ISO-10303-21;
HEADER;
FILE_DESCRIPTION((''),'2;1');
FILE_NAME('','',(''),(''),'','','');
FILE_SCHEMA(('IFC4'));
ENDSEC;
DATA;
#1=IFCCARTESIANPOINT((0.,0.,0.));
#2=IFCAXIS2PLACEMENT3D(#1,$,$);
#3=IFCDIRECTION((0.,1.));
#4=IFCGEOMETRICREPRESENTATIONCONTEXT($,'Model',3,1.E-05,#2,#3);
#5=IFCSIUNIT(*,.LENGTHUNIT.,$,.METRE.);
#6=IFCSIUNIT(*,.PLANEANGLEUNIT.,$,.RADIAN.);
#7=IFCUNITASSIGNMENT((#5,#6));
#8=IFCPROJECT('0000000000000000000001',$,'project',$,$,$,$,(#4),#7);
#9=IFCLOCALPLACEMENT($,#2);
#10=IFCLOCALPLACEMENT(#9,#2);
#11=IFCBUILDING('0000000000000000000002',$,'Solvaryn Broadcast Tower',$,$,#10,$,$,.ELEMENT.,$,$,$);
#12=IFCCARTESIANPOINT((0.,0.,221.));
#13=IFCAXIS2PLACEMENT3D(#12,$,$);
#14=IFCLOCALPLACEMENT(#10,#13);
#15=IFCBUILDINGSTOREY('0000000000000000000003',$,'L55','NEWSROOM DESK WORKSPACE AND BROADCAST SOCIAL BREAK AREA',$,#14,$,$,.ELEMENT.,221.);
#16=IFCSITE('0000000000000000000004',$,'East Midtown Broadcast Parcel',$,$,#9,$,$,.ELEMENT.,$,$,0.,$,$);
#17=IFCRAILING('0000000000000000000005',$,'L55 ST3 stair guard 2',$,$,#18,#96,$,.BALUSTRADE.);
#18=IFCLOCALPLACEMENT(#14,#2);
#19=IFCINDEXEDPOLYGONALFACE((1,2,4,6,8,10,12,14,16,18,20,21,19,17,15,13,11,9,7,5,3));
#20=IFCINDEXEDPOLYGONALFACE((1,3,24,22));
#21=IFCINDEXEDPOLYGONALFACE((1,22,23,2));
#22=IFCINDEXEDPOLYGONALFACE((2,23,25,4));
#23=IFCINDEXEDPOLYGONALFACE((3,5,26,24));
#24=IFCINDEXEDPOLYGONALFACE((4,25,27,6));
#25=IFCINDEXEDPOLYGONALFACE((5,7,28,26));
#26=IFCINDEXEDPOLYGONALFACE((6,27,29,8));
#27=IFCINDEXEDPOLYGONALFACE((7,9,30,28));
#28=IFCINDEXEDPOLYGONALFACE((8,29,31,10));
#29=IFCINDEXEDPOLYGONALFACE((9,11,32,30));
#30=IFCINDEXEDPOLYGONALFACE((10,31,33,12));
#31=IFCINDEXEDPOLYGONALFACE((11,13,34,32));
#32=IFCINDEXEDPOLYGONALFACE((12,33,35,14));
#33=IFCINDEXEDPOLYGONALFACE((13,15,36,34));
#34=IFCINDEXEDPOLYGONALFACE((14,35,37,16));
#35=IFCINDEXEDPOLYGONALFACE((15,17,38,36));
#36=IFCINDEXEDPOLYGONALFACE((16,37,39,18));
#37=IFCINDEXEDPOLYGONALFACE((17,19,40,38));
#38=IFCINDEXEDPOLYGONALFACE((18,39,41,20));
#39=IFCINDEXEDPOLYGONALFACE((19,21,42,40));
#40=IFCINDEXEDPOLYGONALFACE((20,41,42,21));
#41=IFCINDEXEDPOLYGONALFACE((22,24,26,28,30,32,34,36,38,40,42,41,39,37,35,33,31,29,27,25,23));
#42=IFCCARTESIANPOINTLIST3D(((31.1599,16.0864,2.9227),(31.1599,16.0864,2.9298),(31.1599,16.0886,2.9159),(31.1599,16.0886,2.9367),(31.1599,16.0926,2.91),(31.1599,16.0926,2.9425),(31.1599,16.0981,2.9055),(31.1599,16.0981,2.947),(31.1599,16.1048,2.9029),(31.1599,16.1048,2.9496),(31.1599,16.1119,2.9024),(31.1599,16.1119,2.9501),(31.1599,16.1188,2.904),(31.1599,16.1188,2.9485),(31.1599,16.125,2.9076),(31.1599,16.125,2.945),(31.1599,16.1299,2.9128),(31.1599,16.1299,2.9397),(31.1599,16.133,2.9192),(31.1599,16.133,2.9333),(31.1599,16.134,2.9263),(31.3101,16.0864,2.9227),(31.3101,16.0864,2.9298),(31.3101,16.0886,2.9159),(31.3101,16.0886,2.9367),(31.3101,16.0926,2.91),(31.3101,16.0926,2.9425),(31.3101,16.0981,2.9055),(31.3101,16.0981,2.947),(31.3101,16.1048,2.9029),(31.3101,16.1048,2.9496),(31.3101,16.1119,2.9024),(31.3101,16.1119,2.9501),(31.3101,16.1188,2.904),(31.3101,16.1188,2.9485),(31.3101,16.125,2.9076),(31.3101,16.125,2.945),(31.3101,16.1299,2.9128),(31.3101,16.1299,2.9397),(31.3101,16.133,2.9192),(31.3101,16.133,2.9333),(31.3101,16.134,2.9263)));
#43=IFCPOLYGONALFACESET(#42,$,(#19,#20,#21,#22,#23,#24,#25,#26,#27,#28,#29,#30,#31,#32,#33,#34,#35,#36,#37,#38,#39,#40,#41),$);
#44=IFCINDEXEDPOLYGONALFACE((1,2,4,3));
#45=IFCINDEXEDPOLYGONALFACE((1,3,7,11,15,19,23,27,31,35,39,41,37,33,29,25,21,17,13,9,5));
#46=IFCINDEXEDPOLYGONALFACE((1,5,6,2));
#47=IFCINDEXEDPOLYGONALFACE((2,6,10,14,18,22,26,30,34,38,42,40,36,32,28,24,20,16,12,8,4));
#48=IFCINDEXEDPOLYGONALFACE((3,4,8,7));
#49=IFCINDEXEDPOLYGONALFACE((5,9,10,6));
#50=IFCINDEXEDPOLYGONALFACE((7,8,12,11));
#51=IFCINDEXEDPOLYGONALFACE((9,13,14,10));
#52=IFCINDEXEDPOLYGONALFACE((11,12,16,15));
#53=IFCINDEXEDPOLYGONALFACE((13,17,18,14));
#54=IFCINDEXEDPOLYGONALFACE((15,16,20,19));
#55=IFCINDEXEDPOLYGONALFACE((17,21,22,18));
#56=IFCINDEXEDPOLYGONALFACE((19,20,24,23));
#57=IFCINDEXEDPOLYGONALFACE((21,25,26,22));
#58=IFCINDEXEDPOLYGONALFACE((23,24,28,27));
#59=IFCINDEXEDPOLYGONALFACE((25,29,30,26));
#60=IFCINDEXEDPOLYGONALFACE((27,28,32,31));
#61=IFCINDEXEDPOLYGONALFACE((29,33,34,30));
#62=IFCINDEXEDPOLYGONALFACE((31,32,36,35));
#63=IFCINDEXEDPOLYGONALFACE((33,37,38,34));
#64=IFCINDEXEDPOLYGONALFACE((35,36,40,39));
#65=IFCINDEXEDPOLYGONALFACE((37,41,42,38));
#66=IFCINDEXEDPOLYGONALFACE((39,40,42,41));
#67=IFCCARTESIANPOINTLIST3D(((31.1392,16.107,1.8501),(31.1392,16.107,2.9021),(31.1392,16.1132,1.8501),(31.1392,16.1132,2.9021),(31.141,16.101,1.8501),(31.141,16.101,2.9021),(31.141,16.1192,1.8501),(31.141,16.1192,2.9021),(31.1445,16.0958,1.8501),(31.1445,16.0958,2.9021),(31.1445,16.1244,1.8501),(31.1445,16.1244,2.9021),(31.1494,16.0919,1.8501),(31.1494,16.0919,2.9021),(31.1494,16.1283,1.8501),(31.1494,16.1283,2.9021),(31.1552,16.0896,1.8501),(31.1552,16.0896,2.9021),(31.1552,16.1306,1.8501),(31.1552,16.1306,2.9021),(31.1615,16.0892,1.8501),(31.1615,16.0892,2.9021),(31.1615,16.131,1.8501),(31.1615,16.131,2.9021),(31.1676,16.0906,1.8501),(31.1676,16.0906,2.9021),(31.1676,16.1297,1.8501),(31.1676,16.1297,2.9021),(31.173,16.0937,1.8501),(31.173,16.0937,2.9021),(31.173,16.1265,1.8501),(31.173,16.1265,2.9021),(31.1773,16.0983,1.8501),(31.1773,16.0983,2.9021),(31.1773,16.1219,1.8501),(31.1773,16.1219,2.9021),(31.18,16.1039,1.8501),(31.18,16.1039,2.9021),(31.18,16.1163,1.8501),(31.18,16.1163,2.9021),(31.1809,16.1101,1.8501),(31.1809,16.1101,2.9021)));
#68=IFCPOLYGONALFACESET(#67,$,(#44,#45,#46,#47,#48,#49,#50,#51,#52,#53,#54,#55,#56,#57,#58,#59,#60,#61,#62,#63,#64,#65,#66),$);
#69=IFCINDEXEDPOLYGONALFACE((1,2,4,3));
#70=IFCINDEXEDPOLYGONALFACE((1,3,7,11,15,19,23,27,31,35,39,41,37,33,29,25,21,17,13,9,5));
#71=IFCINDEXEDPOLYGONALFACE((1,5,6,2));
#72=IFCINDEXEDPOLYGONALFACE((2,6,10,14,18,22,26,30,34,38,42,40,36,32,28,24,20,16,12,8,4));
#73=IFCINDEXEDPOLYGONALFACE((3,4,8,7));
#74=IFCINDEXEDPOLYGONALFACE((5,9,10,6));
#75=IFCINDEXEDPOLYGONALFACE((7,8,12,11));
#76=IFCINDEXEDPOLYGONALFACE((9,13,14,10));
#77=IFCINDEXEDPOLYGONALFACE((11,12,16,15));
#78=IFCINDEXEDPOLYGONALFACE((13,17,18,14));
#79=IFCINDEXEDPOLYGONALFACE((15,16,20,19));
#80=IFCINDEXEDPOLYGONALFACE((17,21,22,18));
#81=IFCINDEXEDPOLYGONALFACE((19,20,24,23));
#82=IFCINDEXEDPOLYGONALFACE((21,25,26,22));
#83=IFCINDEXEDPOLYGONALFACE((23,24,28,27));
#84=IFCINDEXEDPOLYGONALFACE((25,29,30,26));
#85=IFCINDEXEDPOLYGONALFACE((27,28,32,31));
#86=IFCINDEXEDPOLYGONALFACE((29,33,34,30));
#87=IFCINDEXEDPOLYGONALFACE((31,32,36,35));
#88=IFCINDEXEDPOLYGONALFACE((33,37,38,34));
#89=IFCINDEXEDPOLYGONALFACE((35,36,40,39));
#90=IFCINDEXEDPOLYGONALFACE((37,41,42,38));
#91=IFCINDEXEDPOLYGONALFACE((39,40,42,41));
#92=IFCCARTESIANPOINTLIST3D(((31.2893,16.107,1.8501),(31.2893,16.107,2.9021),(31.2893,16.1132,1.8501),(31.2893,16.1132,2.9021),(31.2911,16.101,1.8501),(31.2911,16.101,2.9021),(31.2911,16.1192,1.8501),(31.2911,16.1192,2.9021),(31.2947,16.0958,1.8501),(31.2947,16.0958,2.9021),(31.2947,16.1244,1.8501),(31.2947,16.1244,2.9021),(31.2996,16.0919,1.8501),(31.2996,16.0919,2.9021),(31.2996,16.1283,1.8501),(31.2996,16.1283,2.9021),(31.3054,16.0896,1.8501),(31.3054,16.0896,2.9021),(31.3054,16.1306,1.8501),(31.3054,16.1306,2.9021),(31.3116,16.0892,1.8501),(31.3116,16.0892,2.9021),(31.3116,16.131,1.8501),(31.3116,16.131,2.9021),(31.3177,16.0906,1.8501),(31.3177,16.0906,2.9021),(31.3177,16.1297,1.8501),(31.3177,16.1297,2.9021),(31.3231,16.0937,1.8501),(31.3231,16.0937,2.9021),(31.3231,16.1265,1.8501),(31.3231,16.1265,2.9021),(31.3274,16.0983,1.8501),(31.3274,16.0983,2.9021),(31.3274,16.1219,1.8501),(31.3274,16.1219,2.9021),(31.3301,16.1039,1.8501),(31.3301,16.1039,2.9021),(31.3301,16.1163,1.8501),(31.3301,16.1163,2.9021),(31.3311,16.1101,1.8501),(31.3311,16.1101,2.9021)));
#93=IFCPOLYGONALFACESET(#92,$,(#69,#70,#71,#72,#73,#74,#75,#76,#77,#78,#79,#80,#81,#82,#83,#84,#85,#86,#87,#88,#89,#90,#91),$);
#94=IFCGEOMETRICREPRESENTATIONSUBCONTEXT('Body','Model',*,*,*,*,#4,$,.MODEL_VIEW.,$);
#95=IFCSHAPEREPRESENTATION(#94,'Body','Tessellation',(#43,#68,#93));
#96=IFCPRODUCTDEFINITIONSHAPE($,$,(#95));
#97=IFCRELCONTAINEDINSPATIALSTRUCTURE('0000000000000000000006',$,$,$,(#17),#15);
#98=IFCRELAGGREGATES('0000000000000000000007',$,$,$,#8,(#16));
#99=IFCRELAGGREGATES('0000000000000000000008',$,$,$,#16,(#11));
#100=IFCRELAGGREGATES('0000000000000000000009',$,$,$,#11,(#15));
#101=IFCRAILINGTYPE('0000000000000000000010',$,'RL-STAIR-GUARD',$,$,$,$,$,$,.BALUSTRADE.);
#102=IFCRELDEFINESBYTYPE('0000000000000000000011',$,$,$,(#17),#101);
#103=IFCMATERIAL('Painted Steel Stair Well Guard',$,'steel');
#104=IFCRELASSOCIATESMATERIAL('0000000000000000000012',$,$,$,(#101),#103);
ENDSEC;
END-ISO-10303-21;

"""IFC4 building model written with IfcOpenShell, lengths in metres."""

from ifc_helpers import new_model, si_unit, direction, frame, origin, origin_2d, place, context, subcontext, project, spatial, circle, extrude, material, type_object, element, save


model = new_model("IFC4")

# Units and contexts
model_context = context("Model", 3, precision=1e-05, world=origin(), true_north=direction((0.0, 1.0)))
body_context = subcontext(model_context, "Body", "Model", "MODEL_VIEW")
ifc_project = project(units=[si_unit("LENGTHUNIT", "METRE"), si_unit("PLANEANGLEUNIT", "RADIAN")], contexts=[model_context])

# Site, building, storey
site_placement = place(None, origin())
site = spatial("IfcSite", under=ifc_project, at=site_placement, Name="East Midtown Broadcast Parcel", CompositionType="ELEMENT", RefElevation=0.0)
building_placement = place(site_placement, origin())
building = spatial("IfcBuilding", under=site, at=building_placement, Name="Solvaryn Broadcast Tower", CompositionType="ELEMENT")
storey_placement = place(building_placement, frame((0.0, 0.0, 221.0)))
storey = spatial("IfcBuildingStorey", under=building, at=storey_placement, Name="L55", Description="NEWSROOM DESK WORKSPACE AND BROADCAST SOCIAL BREAK AREA", CompositionType="ELEMENT", Elevation=221.0)

# Railing
ifc_material_1 = material(Name="Painted Steel Stair Well Guard", Category="steel")
railing_type_1 = type_object("IfcRailingType", Name="RL-STAIR-GUARD", PredefinedType="BALUSTRADE", material=ifc_material_1)
railing_1_placement = place(storey_placement, frame((31.1599, 16.1101, 1.8501)))
element("IfcRailing", 1, at=railing_1_placement, inside=storey, type_object=railing_type_1, Name="L55 ST3 stair guard 2", PredefinedType="BALUSTRADE", context=body_context, shape_type="SweptSolid", body=[
    extrude(circle(Radius=0.0239, at=origin_2d()), frame((0.0, 0.0, 1.0762), z_axis=(1.0, 0.0, 0.0), x_axis=(0.0, 1.0, 0.0)), (0.0, 0.0, 1.0), 0.1501),
    extrude(circle(Radius=0.021, at=origin_2d()), origin(), (0.0, 0.0, 1.0), 1.052),
    extrude(circle(Radius=0.021, at=origin_2d()), frame((0.1501, 0.0, 0.0)), (0.0, 0.0, 1.0), 1.052),
])

save(model, "model.ifc")
